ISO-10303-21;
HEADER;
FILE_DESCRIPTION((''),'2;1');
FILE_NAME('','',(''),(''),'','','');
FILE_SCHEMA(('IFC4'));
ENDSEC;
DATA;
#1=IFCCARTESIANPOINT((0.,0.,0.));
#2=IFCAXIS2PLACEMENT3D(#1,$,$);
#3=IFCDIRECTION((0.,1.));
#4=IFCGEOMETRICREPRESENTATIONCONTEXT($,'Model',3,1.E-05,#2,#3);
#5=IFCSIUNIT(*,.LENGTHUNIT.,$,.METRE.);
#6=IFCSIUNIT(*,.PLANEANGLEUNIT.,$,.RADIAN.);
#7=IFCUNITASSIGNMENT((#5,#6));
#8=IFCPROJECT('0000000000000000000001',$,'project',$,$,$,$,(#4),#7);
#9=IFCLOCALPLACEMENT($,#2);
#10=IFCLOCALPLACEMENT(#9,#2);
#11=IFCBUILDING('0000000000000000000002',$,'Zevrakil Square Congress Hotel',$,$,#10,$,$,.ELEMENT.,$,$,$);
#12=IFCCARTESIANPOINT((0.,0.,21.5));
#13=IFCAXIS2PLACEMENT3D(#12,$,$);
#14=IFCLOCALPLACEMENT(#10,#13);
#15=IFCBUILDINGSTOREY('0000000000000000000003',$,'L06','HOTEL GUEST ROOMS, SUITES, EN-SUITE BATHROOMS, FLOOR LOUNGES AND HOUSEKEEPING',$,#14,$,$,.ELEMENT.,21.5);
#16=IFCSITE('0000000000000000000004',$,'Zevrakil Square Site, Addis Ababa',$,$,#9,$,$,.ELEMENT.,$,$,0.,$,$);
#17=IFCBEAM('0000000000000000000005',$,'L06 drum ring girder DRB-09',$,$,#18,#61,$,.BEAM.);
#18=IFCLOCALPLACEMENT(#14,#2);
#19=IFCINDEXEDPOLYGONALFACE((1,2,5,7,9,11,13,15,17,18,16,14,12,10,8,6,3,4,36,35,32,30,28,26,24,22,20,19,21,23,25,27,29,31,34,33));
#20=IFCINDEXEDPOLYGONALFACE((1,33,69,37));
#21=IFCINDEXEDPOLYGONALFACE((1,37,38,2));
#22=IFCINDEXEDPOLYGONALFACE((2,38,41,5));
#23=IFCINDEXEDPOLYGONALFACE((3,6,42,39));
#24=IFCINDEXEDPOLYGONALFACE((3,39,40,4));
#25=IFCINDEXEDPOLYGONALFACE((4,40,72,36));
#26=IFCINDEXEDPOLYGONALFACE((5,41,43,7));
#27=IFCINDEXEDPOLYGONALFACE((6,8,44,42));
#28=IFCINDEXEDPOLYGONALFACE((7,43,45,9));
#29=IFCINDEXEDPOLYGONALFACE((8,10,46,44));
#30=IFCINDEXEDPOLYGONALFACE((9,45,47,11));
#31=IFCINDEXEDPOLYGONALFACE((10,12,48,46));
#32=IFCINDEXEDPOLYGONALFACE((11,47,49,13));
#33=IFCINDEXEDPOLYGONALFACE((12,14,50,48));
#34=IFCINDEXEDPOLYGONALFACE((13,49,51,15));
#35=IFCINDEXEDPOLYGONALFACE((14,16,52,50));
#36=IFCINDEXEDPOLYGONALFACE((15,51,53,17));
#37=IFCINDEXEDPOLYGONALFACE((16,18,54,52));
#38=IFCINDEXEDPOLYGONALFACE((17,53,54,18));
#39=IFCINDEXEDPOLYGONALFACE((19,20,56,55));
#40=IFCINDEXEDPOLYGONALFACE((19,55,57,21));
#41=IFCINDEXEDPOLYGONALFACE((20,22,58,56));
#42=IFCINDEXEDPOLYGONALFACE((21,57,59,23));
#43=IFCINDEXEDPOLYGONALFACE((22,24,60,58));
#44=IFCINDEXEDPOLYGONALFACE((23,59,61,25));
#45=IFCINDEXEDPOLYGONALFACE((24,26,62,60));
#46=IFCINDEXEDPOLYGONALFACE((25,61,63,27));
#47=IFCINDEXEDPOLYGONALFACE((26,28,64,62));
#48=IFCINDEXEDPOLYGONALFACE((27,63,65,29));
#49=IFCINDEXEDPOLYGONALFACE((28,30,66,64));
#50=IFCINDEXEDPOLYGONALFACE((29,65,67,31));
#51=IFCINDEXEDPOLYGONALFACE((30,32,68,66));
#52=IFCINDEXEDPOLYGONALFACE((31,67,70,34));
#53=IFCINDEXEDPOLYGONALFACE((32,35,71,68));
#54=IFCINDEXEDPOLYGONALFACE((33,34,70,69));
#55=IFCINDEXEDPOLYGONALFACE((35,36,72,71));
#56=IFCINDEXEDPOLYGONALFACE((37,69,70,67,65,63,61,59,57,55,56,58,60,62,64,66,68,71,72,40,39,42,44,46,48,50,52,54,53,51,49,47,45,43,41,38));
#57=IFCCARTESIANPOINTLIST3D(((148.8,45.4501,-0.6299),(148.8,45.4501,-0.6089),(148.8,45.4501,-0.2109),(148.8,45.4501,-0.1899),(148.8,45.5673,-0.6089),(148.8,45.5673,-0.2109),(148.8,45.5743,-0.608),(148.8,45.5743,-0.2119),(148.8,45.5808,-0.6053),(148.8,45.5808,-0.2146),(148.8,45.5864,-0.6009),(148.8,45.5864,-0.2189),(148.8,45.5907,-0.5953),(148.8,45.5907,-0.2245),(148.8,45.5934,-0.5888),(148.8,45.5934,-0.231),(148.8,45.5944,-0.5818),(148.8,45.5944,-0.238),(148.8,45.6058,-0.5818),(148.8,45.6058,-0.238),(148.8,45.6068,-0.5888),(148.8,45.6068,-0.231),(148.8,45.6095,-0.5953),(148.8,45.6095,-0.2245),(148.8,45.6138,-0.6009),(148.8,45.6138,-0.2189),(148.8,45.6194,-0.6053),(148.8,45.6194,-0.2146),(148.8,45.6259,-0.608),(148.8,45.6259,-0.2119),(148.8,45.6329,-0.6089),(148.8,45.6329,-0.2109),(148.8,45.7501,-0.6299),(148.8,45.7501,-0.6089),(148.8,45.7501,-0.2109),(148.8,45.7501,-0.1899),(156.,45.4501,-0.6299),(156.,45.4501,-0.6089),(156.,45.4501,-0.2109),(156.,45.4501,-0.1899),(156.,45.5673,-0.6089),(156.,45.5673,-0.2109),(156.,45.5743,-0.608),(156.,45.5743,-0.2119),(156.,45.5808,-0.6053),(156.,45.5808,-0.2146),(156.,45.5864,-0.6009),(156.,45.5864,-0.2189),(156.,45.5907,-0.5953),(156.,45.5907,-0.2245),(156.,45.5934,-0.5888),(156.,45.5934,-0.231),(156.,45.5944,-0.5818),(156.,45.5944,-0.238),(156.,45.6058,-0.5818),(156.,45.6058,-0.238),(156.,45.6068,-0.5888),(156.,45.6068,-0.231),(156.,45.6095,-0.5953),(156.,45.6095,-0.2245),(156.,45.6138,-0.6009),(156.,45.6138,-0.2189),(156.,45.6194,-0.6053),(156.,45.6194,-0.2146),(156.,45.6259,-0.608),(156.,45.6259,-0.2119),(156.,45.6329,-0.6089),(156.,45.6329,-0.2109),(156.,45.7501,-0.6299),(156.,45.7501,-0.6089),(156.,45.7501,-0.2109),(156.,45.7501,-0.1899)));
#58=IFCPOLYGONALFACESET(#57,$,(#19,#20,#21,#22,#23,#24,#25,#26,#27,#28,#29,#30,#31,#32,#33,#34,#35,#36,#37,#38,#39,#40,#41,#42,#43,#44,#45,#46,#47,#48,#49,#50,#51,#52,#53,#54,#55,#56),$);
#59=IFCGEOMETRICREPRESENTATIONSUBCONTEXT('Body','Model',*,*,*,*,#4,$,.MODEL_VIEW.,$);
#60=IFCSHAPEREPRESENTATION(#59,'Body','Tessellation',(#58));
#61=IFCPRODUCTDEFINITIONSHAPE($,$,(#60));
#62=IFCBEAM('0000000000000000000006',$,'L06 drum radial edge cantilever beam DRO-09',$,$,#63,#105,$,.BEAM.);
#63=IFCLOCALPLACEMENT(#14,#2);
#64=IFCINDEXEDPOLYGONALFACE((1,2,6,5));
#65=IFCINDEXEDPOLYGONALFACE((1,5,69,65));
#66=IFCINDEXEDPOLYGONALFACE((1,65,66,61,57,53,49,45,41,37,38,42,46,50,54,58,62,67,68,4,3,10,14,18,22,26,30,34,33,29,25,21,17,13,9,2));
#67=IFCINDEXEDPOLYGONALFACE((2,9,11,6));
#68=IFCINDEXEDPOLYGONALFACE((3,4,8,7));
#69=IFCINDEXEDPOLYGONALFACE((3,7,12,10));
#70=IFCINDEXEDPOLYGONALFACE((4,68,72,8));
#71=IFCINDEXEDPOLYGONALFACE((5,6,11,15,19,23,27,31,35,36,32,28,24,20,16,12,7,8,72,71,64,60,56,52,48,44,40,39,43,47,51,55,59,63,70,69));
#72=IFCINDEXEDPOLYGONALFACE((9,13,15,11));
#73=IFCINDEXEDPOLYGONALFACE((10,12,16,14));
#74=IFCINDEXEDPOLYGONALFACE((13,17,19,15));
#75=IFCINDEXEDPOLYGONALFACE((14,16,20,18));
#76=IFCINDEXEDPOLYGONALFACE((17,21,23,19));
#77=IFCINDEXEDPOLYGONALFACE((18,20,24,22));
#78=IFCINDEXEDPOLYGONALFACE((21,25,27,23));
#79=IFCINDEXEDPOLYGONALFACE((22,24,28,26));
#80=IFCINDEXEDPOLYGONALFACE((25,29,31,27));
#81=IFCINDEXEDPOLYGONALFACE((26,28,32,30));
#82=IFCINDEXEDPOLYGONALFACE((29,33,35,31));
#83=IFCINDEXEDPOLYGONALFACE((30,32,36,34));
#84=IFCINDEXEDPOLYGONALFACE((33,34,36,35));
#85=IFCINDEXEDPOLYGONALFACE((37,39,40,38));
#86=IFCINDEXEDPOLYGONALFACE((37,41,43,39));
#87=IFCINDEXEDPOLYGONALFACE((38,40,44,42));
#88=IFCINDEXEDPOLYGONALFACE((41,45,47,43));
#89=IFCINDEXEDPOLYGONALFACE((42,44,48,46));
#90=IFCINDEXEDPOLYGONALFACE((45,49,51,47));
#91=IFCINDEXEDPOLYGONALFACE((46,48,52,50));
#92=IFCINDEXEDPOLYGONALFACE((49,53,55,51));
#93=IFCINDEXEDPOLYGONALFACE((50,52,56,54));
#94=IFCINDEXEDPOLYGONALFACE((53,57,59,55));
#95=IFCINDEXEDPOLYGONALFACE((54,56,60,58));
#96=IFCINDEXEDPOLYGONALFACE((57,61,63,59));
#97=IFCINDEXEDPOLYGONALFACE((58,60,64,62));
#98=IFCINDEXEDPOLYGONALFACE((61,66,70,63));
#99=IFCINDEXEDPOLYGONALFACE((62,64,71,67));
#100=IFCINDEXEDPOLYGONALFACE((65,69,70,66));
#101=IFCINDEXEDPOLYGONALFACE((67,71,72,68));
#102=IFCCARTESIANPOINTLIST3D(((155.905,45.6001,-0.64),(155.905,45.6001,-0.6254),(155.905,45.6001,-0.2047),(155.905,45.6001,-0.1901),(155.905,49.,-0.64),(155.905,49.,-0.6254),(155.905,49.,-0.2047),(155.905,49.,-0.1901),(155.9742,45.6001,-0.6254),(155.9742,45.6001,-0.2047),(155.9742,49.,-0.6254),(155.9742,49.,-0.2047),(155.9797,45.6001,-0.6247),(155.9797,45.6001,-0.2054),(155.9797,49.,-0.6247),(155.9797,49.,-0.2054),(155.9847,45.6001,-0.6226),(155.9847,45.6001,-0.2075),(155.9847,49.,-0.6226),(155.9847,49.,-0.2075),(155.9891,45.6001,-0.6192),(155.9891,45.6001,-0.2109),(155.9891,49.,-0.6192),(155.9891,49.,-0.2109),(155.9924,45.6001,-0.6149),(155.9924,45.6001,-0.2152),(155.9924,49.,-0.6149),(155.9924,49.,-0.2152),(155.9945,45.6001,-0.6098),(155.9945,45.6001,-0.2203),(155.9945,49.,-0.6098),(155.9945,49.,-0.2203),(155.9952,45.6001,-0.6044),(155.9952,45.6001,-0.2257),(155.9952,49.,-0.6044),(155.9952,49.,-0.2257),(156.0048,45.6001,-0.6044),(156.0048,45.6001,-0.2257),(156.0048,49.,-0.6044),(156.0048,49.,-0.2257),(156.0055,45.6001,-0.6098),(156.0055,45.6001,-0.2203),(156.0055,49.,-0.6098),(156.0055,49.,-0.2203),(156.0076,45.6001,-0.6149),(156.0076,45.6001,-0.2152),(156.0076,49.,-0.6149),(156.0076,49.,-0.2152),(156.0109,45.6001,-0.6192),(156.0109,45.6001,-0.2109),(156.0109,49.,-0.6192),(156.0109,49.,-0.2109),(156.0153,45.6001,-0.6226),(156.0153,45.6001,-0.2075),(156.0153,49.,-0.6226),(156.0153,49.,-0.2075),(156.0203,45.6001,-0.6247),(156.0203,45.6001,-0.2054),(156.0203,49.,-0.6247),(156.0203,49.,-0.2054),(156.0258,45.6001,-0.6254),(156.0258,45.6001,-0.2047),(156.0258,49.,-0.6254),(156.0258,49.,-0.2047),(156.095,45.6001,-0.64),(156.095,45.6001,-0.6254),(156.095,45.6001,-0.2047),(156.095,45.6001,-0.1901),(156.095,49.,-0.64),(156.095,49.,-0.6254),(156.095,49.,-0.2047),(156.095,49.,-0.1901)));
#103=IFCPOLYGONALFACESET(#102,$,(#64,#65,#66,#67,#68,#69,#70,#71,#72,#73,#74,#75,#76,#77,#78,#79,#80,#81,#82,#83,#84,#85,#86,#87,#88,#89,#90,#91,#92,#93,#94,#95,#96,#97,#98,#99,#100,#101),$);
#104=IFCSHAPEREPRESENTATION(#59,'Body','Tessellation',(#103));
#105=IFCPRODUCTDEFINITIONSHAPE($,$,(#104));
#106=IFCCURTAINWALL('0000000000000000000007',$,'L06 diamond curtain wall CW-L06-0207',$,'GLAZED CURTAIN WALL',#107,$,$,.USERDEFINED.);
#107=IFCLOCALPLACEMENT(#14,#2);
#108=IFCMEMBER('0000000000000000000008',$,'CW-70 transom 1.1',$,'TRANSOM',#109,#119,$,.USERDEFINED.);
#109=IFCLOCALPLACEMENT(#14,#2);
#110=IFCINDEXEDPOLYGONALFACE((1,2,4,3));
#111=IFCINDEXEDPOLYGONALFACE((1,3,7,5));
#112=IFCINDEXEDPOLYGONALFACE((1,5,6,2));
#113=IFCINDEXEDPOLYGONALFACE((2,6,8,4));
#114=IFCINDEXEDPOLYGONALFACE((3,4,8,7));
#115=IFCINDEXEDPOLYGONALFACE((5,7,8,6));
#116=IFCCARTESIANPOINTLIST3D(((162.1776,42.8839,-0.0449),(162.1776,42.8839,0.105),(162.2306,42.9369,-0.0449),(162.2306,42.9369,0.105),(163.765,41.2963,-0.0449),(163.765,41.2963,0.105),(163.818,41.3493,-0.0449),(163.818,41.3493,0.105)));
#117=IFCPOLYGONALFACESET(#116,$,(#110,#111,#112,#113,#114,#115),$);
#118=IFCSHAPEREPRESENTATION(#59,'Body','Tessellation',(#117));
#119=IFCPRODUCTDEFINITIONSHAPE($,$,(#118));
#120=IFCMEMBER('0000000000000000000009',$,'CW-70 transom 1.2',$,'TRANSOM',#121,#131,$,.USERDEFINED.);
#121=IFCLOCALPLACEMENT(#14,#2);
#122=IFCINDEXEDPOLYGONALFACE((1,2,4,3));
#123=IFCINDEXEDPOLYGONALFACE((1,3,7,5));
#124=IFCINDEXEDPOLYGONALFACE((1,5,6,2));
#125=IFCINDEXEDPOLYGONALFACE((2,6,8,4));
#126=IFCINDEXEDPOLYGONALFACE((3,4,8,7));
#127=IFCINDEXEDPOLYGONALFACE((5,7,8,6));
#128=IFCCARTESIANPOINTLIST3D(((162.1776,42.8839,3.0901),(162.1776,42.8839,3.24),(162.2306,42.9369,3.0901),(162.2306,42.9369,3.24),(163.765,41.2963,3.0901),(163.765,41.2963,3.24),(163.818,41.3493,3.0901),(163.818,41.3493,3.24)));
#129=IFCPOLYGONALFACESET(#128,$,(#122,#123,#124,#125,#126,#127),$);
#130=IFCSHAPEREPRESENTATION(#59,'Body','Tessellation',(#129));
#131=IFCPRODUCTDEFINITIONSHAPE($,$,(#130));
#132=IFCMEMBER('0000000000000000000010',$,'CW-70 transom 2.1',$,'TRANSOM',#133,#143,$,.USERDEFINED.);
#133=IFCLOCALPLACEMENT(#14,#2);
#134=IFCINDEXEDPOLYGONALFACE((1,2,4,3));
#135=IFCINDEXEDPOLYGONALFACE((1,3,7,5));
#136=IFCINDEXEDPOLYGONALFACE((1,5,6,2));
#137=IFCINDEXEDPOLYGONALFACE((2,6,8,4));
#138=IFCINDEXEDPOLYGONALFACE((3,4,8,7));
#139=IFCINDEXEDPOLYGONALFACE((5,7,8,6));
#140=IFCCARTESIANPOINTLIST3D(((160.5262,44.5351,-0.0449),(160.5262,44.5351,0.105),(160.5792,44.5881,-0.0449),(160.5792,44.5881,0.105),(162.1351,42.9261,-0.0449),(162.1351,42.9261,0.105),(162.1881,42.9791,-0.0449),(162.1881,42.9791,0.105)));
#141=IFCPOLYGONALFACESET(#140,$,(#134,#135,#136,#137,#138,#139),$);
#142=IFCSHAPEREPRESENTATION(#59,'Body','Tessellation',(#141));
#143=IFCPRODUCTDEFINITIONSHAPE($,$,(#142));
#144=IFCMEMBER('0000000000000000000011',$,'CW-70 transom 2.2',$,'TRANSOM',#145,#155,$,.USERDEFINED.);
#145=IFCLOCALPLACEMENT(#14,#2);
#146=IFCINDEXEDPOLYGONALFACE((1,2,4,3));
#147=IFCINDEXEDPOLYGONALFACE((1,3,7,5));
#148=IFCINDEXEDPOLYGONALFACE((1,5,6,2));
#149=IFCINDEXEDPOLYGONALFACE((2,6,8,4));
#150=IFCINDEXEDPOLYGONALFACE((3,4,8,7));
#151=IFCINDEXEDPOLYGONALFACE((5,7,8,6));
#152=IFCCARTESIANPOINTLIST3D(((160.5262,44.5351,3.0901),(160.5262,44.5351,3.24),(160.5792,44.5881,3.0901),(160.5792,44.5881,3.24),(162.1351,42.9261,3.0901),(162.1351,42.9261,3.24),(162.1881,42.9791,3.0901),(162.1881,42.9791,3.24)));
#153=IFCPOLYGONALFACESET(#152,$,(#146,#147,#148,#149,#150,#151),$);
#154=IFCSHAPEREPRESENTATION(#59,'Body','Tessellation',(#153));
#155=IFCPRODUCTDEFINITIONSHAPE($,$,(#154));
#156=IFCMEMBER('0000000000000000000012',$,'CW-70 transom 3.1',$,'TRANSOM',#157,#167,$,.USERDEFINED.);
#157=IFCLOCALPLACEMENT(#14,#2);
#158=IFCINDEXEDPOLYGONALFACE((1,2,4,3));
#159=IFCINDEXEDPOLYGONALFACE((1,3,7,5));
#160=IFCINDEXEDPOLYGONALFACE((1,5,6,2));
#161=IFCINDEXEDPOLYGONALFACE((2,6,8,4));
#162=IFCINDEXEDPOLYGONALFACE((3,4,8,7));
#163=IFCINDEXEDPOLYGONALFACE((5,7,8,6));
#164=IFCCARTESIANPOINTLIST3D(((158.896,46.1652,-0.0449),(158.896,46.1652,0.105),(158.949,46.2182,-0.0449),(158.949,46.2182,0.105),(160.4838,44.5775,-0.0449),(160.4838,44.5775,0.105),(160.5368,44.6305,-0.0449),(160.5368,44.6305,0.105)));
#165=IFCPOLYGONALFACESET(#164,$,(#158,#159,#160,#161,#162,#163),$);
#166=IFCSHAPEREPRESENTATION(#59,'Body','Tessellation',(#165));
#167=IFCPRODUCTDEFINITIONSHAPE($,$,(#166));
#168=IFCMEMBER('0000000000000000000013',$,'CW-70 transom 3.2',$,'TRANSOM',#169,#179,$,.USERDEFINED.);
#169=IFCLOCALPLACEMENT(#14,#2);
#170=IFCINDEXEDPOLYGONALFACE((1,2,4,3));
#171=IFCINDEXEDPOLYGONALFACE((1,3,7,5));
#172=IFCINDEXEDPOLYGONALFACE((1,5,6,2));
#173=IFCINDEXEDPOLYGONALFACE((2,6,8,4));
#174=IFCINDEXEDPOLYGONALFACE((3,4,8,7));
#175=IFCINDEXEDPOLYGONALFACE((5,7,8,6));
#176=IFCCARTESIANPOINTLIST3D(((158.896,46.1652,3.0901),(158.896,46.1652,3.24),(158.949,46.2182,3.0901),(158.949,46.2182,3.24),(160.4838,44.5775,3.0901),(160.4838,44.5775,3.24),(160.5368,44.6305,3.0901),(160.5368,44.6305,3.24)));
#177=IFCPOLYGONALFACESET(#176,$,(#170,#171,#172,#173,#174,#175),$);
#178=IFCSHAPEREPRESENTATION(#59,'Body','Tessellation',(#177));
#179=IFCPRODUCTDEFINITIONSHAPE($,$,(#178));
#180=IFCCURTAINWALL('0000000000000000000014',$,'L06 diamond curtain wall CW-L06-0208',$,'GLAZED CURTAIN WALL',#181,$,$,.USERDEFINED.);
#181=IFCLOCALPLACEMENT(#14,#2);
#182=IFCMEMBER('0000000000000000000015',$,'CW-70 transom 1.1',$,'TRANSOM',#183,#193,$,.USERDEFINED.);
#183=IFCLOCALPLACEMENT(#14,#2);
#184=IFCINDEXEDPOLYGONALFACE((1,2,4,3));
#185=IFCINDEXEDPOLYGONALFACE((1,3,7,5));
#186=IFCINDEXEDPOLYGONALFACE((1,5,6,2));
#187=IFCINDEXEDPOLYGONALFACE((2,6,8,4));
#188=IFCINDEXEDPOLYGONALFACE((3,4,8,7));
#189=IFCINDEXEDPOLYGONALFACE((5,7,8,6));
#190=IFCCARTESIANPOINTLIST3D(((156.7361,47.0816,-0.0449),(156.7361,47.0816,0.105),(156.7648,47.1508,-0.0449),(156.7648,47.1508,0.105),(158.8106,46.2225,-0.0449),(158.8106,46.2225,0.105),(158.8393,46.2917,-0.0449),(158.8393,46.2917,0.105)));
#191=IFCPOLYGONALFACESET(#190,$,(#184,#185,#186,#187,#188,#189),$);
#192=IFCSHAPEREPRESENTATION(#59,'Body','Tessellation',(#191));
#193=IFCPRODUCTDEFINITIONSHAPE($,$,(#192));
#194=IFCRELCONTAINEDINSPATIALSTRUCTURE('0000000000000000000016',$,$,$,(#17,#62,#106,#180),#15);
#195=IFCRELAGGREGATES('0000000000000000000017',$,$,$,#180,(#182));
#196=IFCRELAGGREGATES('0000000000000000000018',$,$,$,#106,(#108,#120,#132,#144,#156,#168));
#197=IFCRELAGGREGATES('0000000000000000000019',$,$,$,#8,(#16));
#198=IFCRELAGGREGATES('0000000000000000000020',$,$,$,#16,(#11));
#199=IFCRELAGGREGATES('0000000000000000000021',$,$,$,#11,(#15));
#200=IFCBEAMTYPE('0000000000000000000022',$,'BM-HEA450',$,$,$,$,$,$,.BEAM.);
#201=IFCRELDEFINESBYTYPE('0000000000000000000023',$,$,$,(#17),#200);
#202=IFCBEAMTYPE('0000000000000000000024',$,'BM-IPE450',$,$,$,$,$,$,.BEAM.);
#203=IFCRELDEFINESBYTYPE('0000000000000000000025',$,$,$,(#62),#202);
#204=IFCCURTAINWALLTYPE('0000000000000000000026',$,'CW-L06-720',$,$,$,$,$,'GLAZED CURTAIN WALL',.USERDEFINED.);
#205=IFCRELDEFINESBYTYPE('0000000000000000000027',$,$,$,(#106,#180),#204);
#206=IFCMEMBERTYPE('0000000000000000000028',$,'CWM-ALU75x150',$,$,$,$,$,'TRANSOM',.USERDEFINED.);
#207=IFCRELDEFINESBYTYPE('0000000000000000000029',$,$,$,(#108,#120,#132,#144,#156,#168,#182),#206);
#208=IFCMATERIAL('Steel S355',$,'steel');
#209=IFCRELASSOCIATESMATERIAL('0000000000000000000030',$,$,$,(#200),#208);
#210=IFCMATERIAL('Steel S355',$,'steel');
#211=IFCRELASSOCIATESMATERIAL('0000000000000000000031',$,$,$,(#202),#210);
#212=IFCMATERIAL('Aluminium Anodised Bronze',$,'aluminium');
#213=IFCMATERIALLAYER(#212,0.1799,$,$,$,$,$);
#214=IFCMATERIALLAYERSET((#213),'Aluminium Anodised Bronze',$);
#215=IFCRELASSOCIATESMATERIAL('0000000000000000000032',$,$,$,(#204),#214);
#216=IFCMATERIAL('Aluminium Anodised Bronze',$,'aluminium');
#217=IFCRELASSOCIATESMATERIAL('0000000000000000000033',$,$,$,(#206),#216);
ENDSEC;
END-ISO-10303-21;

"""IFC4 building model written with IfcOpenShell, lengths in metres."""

from ifc_helpers import new_model, si_unit, direction, frame, origin, origin_2d, place, context, subcontext, project, spatial, rectangle, i_section, extrude, material, layer, layer_set, material_profile, profile_set, type_object, element, aggregate, save


model = new_model("IFC4")

# Units and contexts
model_context = context("Model", 3, precision=1e-05, world=origin(), true_north=direction((0.0, 1.0)))
body_context = subcontext(model_context, "Body", "Model", "MODEL_VIEW")
ifc_project = project(units=[si_unit("LENGTHUNIT", "METRE"), si_unit("PLANEANGLEUNIT", "RADIAN")], contexts=[model_context])

# Site, building, storey
site_placement = place(None, origin())
site = spatial("IfcSite", under=ifc_project, at=site_placement, Name="Zevrakil Square Site, Addis Ababa", CompositionType="ELEMENT", RefElevation=0.0)
building_placement = place(site_placement, origin())
building = spatial("IfcBuilding", under=site, at=building_placement, Name="Zevrakil Square Congress Hotel", CompositionType="ELEMENT")
storey_placement = place(building_placement, frame((0.0, 0.0, 21.5)))
storey = spatial("IfcBuildingStorey", under=building, at=storey_placement, Name="L06", Description="HOTEL GUEST ROOMS, SUITES, EN-SUITE BATHROOMS, FLOOR LOUNGES AND HOUSEKEEPING", CompositionType="ELEMENT", Elevation=21.5)

# Beams
ifc_material_1 = material(Name="Steel S355", Category="steel")
ifc_material_profile_1 = material_profile(ifc_material_1, i_section(OverallWidth=0.3, OverallDepth=0.4399, WebThickness=0.0115, FlangeThickness=0.021, FilletRadius=0.0271, at=origin_2d()), Name="HEA 450")
ifc_profile_set_1 = profile_set([ifc_material_profile_1], Name="Steel S355")
beam_type_1 = type_object("IfcBeamType", Name="BM-HEA450", PredefinedType="BEAM", material=ifc_profile_set_1)
beam_1_placement = place(storey_placement, frame((156.0, 45.6001, -0.4099), z_axis=(-1.0, 0.0, 0.0), x_axis=(0.0, -1.0, 0.0)))
element("IfcBeam", 1, at=beam_1_placement, inside=storey, type_object=beam_type_1, Name="L06 drum ring girder DRB-09", PredefinedType="BEAM", context=body_context, shape_type="SweptSolid", body=[
    extrude(i_section(OverallWidth=0.3, OverallDepth=0.4399, WebThickness=0.0115, FlangeThickness=0.021, FilletRadius=0.0271, at=origin_2d()), origin(), (0.0, 0.0, 1.0), 7.2),
])
ifc_material_2 = material(Name="Steel S355", Category="steel")
ifc_material_profile_2 = material_profile(ifc_material_2, i_section(OverallWidth=0.1899, OverallDepth=0.45, WebThickness=0.0095, FlangeThickness=0.0146, FilletRadius=0.021, at=origin_2d()), Name="IPE 450")
ifc_profile_set_2 = profile_set([ifc_material_profile_2], Name="Steel S355")
beam_type_2 = type_object("IfcBeamType", Name="BM-IPE450", PredefinedType="BEAM", material=ifc_profile_set_2)
beam_2_placement = place(storey_placement, frame((156.0, 45.6001, -0.415), z_axis=(0.0, 1.0, 0.0), x_axis=(-1.0, 0.0, 0.0)))
element("IfcBeam", 2, at=beam_2_placement, inside=storey, type_object=beam_type_2, Name="L06 drum radial edge cantilever beam DRO-09", PredefinedType="BEAM", context=body_context, shape_type="SweptSolid", body=[
    extrude(i_section(OverallWidth=0.1899, OverallDepth=0.45, WebThickness=0.0095, FlangeThickness=0.0146, FilletRadius=0.021, at=origin_2d()), origin(), (0.0, 0.0, 1.0), 3.3999),
])

# Curtain walls, members
ifc_material_3 = material(Name="Aluminium Anodised Bronze", Category="aluminium")
ifc_layer_1 = layer(ifc_material_3, 0.1799)
ifc_layer_set_1 = layer_set([ifc_layer_1], Name="Aluminium Anodised Bronze")
curtain_wall_type = type_object("IfcCurtainWallType", Name="CW-L06-720", ElementType="GLAZED CURTAIN WALL", PredefinedType="USERDEFINED", material=ifc_layer_set_1)
curtain_wall_1_placement = place(storey_placement, origin())
curtain_wall_1 = element("IfcCurtainWall", 3, at=curtain_wall_1_placement, inside=storey, type_object=curtain_wall_type, Name="L06 diamond curtain wall CW-L06-0207", ObjectType="GLAZED CURTAIN WALL", PredefinedType="USERDEFINED")
ifc_material_4 = material(Name="Aluminium Anodised Bronze", Category="aluminium")
ifc_material_profile_3 = material_profile(ifc_material_4, rectangle(XDim=0.075, YDim=0.1499, at=origin_2d()), Name="ALU 75x150")
ifc_profile_set_3 = profile_set([ifc_material_profile_3], Name="Aluminium Anodised Bronze")
member_type_1 = type_object("IfcMemberType", Name="CWM-ALU75x150", ElementType="TRANSOM", PredefinedType="USERDEFINED", material=ifc_profile_set_3)
member_1_placement = place(storey_placement, frame((163.7915, 41.3228, 0.03), z_axis=(-0.707052, 0.707161, 0.0), x_axis=(-0.707161, -0.707052, 0.0)))
member_1 = element("IfcMember", 4, at=member_1_placement, type_object=member_type_1, Name="CW-70 transom 1.1", ObjectType="TRANSOM", PredefinedType="USERDEFINED", context=body_context, shape_type="SweptSolid", body=[
    extrude(rectangle(XDim=0.075, YDim=0.1499, at=origin_2d()), origin(), (0.0, 0.0, 1.0), 2.2451),
])
member_2_placement = place(storey_placement, frame((163.7915, 41.3228, 3.165), z_axis=(-0.707052, 0.707161, 0.0), x_axis=(-0.707161, -0.707052, 0.0)))
member_2 = element("IfcMember", 5, at=member_2_placement, type_object=member_type_1, Name="CW-70 transom 1.2", ObjectType="TRANSOM", PredefinedType="USERDEFINED", context=body_context, shape_type="SweptSolid", body=[
    extrude(rectangle(XDim=0.075, YDim=0.1499, at=origin_2d()), origin(), (0.0, 0.0, 1.0), 2.2451),
])
member_3_placement = place(storey_placement, frame((162.1616, 42.9526, 0.03), z_axis=(-0.707107, 0.707107, 0.0), x_axis=(-0.707107, -0.707107, 0.0)))
member_3 = element("IfcMember", 6, at=member_3_placement, type_object=member_type_1, Name="CW-70 transom 2.1", ObjectType="TRANSOM", PredefinedType="USERDEFINED", context=body_context, shape_type="SweptSolid", body=[
    extrude(rectangle(XDim=0.075, YDim=0.1499, at=origin_2d()), origin(), (0.0, 0.0, 1.0), 2.2754),
])
member_4_placement = place(storey_placement, frame((162.1616, 42.9526, 3.165), z_axis=(-0.707107, 0.707107, 0.0), x_axis=(-0.707107, -0.707107, 0.0)))
member_4 = element("IfcMember", 7, at=member_4_placement, type_object=member_type_1, Name="CW-70 transom 2.2", ObjectType="TRANSOM", PredefinedType="USERDEFINED", context=body_context, shape_type="SweptSolid", body=[
    extrude(rectangle(XDim=0.075, YDim=0.1499, at=origin_2d()), origin(), (0.0, 0.0, 1.0), 2.2754),
])
member_5_placement = place(storey_placement, frame((160.5103, 44.604, 0.03), z_axis=(-0.707107, 0.707107, 0.0), x_axis=(-0.707107, -0.707107, 0.0)))
member_5 = element("IfcMember", 8, at=member_5_placement, type_object=member_type_1, Name="CW-70 transom 3.1", ObjectType="TRANSOM", PredefinedType="USERDEFINED", context=body_context, shape_type="SweptSolid", body=[
    extrude(rectangle(XDim=0.075, YDim=0.1499, at=origin_2d()), origin(), (0.0, 0.0, 1.0), 2.2454),
])
member_6_placement = place(storey_placement, frame((160.5103, 44.604, 3.165), z_axis=(-0.707107, 0.707107, 0.0), x_axis=(-0.707107, -0.707107, 0.0)))
member_6 = element("IfcMember", 9, at=member_6_placement, type_object=member_type_1, Name="CW-70 transom 3.2", ObjectType="TRANSOM", PredefinedType="USERDEFINED", context=body_context, shape_type="SweptSolid", body=[
    extrude(rectangle(XDim=0.075, YDim=0.1499, at=origin_2d()), origin(), (0.0, 0.0, 1.0), 2.2454),
])
curtain_wall_2_placement = place(storey_placement, origin())
curtain_wall_2 = element("IfcCurtainWall", 10, at=curtain_wall_2_placement, inside=storey, type_object=curtain_wall_type, Name="L06 diamond curtain wall CW-L06-0208", ObjectType="GLAZED CURTAIN WALL", PredefinedType="USERDEFINED")
member_7_placement = place(storey_placement, frame((158.825, 46.2571, 0.03), z_axis=(-0.923902, 0.38263, 0.0), x_axis=(-0.38263, -0.923902, 0.0)))
member_7 = element("IfcMember", 11, at=member_7_placement, type_object=member_type_1, Name="CW-70 transom 1.1", ObjectType="TRANSOM", PredefinedType="USERDEFINED", context=body_context, shape_type="SweptSolid", body=[
    extrude(rectangle(XDim=0.075, YDim=0.1499, at=origin_2d()), origin(), (0.0, 0.0, 1.0), 2.2454),
])

aggregate(curtain_wall_2, [member_7])
aggregate(curtain_wall_1, [member_1, member_2, member_3, member_4, member_5, member_6])

save(model, "model.ifc")
